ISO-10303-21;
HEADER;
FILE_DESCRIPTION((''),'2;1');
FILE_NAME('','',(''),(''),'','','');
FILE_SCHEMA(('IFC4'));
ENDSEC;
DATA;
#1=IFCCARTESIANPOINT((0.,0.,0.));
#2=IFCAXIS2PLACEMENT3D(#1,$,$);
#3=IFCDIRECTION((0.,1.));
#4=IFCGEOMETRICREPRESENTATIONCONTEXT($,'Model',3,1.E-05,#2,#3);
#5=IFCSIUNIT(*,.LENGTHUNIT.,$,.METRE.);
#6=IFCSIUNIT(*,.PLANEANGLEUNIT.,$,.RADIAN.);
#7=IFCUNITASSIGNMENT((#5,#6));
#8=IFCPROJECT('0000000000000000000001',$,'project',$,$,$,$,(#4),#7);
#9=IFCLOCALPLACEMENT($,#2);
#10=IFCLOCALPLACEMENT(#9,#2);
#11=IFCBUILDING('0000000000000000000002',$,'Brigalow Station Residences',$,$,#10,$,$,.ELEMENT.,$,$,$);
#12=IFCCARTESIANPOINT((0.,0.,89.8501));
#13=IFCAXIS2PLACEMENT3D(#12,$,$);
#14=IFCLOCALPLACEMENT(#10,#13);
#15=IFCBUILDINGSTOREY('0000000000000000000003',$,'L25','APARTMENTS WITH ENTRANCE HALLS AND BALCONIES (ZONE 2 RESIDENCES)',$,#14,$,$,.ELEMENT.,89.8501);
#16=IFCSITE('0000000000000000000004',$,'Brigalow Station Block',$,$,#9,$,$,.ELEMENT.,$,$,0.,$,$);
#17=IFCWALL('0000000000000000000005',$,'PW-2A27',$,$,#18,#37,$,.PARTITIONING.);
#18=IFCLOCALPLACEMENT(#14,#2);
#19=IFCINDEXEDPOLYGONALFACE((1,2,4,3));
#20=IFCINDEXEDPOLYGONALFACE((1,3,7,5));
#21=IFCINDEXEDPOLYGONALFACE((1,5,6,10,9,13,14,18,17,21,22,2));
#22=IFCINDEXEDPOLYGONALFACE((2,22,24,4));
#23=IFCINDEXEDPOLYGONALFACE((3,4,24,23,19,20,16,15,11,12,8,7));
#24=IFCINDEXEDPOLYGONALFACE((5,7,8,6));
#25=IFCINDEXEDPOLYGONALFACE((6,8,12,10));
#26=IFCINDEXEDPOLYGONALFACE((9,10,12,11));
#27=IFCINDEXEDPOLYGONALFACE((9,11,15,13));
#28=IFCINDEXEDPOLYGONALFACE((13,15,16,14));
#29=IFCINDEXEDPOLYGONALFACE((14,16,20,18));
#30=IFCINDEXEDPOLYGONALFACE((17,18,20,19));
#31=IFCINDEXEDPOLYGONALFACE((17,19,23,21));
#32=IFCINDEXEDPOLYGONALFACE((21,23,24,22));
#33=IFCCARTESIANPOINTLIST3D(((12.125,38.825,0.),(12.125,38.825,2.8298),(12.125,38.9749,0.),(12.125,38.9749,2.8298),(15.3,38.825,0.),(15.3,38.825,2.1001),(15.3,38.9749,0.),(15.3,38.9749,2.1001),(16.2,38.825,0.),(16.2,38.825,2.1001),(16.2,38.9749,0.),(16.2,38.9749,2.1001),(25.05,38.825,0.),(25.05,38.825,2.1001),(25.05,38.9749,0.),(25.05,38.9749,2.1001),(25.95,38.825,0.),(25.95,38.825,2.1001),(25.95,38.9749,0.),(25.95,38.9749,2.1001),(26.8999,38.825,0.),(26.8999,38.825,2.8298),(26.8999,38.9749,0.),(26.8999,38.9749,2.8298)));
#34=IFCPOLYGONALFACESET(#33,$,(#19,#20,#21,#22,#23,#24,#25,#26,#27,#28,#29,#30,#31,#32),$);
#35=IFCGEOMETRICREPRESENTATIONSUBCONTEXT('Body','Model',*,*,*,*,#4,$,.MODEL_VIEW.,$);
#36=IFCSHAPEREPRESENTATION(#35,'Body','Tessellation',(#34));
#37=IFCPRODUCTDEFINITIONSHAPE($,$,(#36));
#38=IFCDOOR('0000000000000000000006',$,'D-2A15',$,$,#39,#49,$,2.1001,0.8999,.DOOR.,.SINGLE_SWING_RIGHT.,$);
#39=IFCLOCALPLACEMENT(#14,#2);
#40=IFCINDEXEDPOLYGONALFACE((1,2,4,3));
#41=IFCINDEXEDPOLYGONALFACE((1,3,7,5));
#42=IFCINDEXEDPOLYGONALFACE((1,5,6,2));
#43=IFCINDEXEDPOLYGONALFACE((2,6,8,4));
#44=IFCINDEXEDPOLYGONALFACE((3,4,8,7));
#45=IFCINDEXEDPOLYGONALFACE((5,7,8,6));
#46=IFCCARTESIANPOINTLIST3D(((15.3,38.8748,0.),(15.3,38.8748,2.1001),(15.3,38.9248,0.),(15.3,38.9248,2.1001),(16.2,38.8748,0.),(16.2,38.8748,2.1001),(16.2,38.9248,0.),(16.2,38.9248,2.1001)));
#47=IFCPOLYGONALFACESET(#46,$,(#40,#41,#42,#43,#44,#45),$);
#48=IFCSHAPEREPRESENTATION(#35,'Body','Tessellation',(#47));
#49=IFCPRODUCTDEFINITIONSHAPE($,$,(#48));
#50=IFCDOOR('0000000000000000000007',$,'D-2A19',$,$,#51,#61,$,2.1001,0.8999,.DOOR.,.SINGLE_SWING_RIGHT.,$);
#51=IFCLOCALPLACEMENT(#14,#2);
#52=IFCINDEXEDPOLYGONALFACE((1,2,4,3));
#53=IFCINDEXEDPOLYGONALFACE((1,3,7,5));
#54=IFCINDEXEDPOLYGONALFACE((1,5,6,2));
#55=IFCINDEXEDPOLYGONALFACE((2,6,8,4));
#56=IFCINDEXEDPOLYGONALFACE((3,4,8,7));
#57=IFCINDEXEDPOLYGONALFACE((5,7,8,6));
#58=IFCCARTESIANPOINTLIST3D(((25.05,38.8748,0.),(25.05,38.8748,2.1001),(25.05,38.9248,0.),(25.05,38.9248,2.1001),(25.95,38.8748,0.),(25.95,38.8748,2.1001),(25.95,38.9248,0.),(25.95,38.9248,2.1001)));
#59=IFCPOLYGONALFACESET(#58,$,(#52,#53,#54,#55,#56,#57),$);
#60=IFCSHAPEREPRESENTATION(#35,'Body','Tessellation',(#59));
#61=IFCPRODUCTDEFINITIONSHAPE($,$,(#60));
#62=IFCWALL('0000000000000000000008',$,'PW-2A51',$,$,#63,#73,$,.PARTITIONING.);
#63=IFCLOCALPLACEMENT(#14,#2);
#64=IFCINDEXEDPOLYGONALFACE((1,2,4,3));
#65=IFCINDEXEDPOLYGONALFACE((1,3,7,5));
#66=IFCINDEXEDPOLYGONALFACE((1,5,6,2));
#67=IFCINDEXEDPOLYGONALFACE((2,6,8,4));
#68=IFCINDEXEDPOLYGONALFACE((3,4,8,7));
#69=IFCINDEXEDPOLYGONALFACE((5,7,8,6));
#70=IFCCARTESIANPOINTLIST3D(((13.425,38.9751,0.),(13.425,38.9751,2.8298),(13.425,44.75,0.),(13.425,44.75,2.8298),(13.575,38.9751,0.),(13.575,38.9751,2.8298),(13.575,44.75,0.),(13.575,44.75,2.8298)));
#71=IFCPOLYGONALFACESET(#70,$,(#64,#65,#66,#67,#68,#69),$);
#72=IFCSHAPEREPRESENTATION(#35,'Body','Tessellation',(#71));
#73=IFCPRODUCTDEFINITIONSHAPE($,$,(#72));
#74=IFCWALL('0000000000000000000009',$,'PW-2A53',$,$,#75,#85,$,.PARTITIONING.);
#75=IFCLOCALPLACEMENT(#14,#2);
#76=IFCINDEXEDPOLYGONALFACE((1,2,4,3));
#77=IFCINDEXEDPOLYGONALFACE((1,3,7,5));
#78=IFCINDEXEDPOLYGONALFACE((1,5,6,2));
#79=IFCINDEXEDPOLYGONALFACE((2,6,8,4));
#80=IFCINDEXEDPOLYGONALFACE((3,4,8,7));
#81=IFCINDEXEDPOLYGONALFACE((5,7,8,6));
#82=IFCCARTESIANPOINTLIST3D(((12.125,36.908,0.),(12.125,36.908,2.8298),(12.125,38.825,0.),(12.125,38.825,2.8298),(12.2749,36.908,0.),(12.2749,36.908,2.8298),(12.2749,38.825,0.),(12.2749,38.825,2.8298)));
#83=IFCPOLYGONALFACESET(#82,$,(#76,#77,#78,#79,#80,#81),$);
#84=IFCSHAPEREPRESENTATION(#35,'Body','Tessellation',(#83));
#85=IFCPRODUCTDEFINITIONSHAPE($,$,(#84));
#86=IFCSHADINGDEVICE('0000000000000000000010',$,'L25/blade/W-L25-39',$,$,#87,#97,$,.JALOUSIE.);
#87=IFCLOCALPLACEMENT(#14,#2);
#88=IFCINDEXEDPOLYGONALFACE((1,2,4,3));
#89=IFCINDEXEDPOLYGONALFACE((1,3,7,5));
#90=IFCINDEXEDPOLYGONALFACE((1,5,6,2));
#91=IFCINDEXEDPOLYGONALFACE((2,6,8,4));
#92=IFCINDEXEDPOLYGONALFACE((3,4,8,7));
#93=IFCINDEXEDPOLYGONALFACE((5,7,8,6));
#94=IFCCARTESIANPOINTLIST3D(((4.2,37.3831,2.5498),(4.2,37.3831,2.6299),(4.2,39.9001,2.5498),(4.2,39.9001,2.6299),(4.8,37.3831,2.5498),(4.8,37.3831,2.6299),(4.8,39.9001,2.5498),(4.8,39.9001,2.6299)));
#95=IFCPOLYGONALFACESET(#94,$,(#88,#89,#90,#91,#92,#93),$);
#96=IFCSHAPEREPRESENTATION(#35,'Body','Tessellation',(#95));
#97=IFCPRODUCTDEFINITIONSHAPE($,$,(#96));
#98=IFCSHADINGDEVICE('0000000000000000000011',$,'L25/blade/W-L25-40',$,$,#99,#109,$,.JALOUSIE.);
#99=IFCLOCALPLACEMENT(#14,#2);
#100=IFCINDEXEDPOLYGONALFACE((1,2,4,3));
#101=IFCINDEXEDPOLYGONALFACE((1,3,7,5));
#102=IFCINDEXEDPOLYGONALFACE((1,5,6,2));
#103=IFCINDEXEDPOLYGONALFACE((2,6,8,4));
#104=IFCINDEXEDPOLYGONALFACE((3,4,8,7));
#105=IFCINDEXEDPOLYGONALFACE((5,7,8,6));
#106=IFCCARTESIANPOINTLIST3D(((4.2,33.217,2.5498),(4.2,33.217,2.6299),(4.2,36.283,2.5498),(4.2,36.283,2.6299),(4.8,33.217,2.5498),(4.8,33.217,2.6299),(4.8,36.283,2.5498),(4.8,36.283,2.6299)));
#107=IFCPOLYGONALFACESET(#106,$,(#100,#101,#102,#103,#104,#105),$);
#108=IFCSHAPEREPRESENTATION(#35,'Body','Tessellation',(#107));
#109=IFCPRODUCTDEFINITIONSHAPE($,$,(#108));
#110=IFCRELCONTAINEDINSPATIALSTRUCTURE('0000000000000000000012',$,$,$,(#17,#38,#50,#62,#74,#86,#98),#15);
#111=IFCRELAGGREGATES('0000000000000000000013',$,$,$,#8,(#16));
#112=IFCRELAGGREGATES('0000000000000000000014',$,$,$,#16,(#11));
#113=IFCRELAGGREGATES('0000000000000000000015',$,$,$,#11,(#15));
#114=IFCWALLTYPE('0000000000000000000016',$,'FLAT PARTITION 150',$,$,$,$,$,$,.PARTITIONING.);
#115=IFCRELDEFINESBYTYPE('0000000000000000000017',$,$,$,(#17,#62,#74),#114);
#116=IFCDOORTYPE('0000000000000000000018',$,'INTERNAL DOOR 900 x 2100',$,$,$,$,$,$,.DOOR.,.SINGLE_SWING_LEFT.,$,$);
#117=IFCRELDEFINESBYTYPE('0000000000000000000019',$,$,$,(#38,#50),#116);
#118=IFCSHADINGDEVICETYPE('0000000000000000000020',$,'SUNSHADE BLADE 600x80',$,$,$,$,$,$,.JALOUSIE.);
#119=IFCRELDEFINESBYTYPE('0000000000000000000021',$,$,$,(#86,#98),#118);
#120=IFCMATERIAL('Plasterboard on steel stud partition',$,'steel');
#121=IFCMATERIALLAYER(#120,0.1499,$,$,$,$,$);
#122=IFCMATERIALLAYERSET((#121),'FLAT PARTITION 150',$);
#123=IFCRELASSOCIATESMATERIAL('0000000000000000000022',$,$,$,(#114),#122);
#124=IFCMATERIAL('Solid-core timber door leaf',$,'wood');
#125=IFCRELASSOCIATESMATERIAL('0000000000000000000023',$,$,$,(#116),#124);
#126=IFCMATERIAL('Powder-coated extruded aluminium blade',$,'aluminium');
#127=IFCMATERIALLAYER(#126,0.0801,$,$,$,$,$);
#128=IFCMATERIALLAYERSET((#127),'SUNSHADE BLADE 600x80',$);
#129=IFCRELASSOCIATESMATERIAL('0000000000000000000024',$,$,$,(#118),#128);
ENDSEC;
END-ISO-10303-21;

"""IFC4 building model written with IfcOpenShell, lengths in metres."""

from ifc_helpers import new_model, si_unit, direction, frame, frame_2d, origin, origin_2d, place, context, subcontext, project, spatial, rectangle, extrude, material, layer, layer_set, type_object, element, fill, save


model = new_model("IFC4")

# Units and contexts
model_context = context("Model", 3, precision=1e-05, world=origin(), true_north=direction((0.0, 1.0)))
body_context = subcontext(model_context, "Body", "Model", "MODEL_VIEW")
ifc_project = project(units=[si_unit("LENGTHUNIT", "METRE"), si_unit("PLANEANGLEUNIT", "RADIAN")], contexts=[model_context])

# Site, building, storey
site_placement = place(None, origin())
site = spatial("IfcSite", under=ifc_project, at=site_placement, Name="Brigalow Station Block", CompositionType="ELEMENT", RefElevation=0.0)
building_placement = place(site_placement, origin())
building = spatial("IfcBuilding", under=site, at=building_placement, Name="Brigalow Station Residences", CompositionType="ELEMENT")
storey_placement = place(building_placement, frame((0.0, 0.0, 89.8501)))
storey = spatial("IfcBuildingStorey", under=building, at=storey_placement, Name="L25", Description="APARTMENTS WITH ENTRANCE HALLS AND BALCONIES (ZONE 2 RESIDENCES)", CompositionType="ELEMENT", Elevation=89.8501)

# Shared definitions
ifc_material_1 = material(Name="Plasterboard on steel stud partition", Category="steel")
ifc_layer_1 = layer(ifc_material_1, 0.1499)
ifc_layer_set_1 = layer_set([ifc_layer_1], Name="FLAT PARTITION 150")
wall_type_1 = type_object("IfcWallType", Name="FLAT PARTITION 150", PredefinedType="PARTITIONING", material=ifc_layer_set_1)
ifc_material_2 = material(Name="Solid-core timber door leaf", Category="wood")
door_type = type_object("IfcDoorType", Name="INTERNAL DOOR 900 x 2100", OperationType="SINGLE_SWING_LEFT", PredefinedType="DOOR", material=ifc_material_2)

# Wall, openings, doors
wall_1_placement = place(storey_placement, frame((12.125, 38.8999, 0.0), z_axis=(0.0, 0.0, 1.0), x_axis=(1.0, 0.0, 0.0)))
wall_1 = element("IfcWall", 1, at=wall_1_placement, inside=storey, type_object=wall_type_1, Name="PW-2A27", PredefinedType="PARTITIONING", context=body_context, shape_type="SweptSolid", body=[
    extrude(rectangle(XDim=14.7749, YDim=0.1499, at=frame_2d((7.3875, 0.0))), origin(), (0.0, 0.0, 1.0), 2.8298),
])
opening_1_placement = place(wall_1_placement, frame((3.175, 0.0, 0.0)))
opening_1 = element("IfcOpeningElement", 2, at=opening_1_placement, cuts=wall_1, PredefinedType="OPENING", context=body_context, shape_type="SweptSolid", body=[
    extrude(rectangle(XDim=0.8999, YDim=2.1001, at=frame_2d((0.45, 1.05))), frame((0.0, 0.085, 0.0), z_axis=(0.0, -1.0, 0.0), x_axis=(1.0, 0.0, 0.0)), (0.0, 0.0, 1.0), 0.1699),
])
opening_2_placement = place(wall_1_placement, frame((12.925, 0.0, 0.0)))
opening_2 = element("IfcOpeningElement", 3, at=opening_2_placement, cuts=wall_1, PredefinedType="OPENING", context=body_context, shape_type="SweptSolid", body=[
    extrude(rectangle(XDim=0.8999, YDim=2.1001, at=frame_2d((0.45, 1.05))), frame((0.0, 0.085, 0.0), z_axis=(0.0, -1.0, 0.0), x_axis=(1.0, 0.0, 0.0)), (0.0, 0.0, 1.0), 0.1699),
])
door_1_placement = place(opening_1_placement, origin())
door_1 = element("IfcDoor", 4, at=door_1_placement, inside=storey, type_object=door_type, Name="D-2A15", OperationType="SINGLE_SWING_RIGHT", OverallHeight=2.1001, OverallWidth=0.8999, PredefinedType="DOOR", context=body_context, shape_type="SweptSolid", body=[
    extrude(rectangle(XDim=0.8999, YDim=2.1001, at=frame_2d((0.45, 1.05))), frame((0.0, 0.0249, 0.0), z_axis=(0.0, -1.0, 0.0), x_axis=(1.0, 0.0, 0.0)), (0.0, 0.0, 1.0), 0.05),
])
fill(opening_1, door_1)
door_2_placement = place(opening_2_placement, origin())
door_2 = element("IfcDoor", 5, at=door_2_placement, inside=storey, type_object=door_type, Name="D-2A19", OperationType="SINGLE_SWING_RIGHT", OverallHeight=2.1001, OverallWidth=0.8999, PredefinedType="DOOR", context=body_context, shape_type="SweptSolid", body=[
    extrude(rectangle(XDim=0.8999, YDim=2.1001, at=frame_2d((0.45, 1.05))), frame((0.0, 0.0249, 0.0), z_axis=(0.0, -1.0, 0.0), x_axis=(1.0, 0.0, 0.0)), (0.0, 0.0, 1.0), 0.05),
])
fill(opening_2, door_2)

# Walls
wall_2_placement = place(storey_placement, frame((13.5, 38.9751, 0.0), z_axis=(0.0, 0.0, 1.0), x_axis=(0.0, 1.0, 0.0)))
element("IfcWall", 6, at=wall_2_placement, inside=storey, type_object=wall_type_1, Name="PW-2A51", PredefinedType="PARTITIONING", context=body_context, shape_type="SweptSolid", body=[
    extrude(rectangle(XDim=5.7749, YDim=0.1499, at=frame_2d((2.8875, 0.0))), origin(), (0.0, 0.0, 1.0), 2.8298),
])
wall_3_placement = place(storey_placement, frame((12.2, 36.908, 0.0), z_axis=(0.0, 0.0, 1.0), x_axis=(0.0, 1.0, 0.0)))
element("IfcWall", 7, at=wall_3_placement, inside=storey, type_object=wall_type_1, Name="PW-2A53", PredefinedType="PARTITIONING", context=body_context, shape_type="SweptSolid", body=[
    extrude(rectangle(XDim=1.917, YDim=0.1499, at=frame_2d((0.9585, 0.0))), origin(), (0.0, 0.0, 1.0), 2.8298),
])

# Shading devices
ifc_material_3 = material(Name="Powder-coated extruded aluminium blade", Category="aluminium")
ifc_layer_2 = layer(ifc_material_3, 0.0801)
ifc_layer_set_2 = layer_set([ifc_layer_2], Name="SUNSHADE BLADE 600x80")
shading_device_type = type_object("IfcShadingDeviceType", Name="SUNSHADE BLADE 600x80", PredefinedType="JALOUSIE", material=ifc_layer_set_2)
shading_device_1_placement = place(storey_placement, frame((4.5, 38.6416, 2.5498), z_axis=(0.0, 0.0, 1.0), x_axis=(0.0, -1.0, 0.0)))
element("IfcShadingDevice", 8, at=shading_device_1_placement, inside=storey, type_object=shading_device_type, Name="L25/blade/W-L25-39", PredefinedType="JALOUSIE", context=body_context, shape_type="SweptSolid", body=[
    extrude(rectangle(XDim=2.5171, YDim=0.6001, at=origin_2d()), origin(), (0.0, 0.0, 1.0), 0.0801),
])
shading_device_2_placement = place(storey_placement, frame((4.5, 34.75, 2.5498), z_axis=(0.0, 0.0, 1.0), x_axis=(0.0, -1.0, 0.0)))
element("IfcShadingDevice", 9, at=shading_device_2_placement, inside=storey, type_object=shading_device_type, Name="L25/blade/W-L25-40", PredefinedType="JALOUSIE", context=body_context, shape_type="SweptSolid", body=[
    extrude(rectangle(XDim=3.0659, YDim=0.6001, at=origin_2d()), origin(), (0.0, 0.0, 1.0), 0.0801),
])

save(model, "model.ifc")
